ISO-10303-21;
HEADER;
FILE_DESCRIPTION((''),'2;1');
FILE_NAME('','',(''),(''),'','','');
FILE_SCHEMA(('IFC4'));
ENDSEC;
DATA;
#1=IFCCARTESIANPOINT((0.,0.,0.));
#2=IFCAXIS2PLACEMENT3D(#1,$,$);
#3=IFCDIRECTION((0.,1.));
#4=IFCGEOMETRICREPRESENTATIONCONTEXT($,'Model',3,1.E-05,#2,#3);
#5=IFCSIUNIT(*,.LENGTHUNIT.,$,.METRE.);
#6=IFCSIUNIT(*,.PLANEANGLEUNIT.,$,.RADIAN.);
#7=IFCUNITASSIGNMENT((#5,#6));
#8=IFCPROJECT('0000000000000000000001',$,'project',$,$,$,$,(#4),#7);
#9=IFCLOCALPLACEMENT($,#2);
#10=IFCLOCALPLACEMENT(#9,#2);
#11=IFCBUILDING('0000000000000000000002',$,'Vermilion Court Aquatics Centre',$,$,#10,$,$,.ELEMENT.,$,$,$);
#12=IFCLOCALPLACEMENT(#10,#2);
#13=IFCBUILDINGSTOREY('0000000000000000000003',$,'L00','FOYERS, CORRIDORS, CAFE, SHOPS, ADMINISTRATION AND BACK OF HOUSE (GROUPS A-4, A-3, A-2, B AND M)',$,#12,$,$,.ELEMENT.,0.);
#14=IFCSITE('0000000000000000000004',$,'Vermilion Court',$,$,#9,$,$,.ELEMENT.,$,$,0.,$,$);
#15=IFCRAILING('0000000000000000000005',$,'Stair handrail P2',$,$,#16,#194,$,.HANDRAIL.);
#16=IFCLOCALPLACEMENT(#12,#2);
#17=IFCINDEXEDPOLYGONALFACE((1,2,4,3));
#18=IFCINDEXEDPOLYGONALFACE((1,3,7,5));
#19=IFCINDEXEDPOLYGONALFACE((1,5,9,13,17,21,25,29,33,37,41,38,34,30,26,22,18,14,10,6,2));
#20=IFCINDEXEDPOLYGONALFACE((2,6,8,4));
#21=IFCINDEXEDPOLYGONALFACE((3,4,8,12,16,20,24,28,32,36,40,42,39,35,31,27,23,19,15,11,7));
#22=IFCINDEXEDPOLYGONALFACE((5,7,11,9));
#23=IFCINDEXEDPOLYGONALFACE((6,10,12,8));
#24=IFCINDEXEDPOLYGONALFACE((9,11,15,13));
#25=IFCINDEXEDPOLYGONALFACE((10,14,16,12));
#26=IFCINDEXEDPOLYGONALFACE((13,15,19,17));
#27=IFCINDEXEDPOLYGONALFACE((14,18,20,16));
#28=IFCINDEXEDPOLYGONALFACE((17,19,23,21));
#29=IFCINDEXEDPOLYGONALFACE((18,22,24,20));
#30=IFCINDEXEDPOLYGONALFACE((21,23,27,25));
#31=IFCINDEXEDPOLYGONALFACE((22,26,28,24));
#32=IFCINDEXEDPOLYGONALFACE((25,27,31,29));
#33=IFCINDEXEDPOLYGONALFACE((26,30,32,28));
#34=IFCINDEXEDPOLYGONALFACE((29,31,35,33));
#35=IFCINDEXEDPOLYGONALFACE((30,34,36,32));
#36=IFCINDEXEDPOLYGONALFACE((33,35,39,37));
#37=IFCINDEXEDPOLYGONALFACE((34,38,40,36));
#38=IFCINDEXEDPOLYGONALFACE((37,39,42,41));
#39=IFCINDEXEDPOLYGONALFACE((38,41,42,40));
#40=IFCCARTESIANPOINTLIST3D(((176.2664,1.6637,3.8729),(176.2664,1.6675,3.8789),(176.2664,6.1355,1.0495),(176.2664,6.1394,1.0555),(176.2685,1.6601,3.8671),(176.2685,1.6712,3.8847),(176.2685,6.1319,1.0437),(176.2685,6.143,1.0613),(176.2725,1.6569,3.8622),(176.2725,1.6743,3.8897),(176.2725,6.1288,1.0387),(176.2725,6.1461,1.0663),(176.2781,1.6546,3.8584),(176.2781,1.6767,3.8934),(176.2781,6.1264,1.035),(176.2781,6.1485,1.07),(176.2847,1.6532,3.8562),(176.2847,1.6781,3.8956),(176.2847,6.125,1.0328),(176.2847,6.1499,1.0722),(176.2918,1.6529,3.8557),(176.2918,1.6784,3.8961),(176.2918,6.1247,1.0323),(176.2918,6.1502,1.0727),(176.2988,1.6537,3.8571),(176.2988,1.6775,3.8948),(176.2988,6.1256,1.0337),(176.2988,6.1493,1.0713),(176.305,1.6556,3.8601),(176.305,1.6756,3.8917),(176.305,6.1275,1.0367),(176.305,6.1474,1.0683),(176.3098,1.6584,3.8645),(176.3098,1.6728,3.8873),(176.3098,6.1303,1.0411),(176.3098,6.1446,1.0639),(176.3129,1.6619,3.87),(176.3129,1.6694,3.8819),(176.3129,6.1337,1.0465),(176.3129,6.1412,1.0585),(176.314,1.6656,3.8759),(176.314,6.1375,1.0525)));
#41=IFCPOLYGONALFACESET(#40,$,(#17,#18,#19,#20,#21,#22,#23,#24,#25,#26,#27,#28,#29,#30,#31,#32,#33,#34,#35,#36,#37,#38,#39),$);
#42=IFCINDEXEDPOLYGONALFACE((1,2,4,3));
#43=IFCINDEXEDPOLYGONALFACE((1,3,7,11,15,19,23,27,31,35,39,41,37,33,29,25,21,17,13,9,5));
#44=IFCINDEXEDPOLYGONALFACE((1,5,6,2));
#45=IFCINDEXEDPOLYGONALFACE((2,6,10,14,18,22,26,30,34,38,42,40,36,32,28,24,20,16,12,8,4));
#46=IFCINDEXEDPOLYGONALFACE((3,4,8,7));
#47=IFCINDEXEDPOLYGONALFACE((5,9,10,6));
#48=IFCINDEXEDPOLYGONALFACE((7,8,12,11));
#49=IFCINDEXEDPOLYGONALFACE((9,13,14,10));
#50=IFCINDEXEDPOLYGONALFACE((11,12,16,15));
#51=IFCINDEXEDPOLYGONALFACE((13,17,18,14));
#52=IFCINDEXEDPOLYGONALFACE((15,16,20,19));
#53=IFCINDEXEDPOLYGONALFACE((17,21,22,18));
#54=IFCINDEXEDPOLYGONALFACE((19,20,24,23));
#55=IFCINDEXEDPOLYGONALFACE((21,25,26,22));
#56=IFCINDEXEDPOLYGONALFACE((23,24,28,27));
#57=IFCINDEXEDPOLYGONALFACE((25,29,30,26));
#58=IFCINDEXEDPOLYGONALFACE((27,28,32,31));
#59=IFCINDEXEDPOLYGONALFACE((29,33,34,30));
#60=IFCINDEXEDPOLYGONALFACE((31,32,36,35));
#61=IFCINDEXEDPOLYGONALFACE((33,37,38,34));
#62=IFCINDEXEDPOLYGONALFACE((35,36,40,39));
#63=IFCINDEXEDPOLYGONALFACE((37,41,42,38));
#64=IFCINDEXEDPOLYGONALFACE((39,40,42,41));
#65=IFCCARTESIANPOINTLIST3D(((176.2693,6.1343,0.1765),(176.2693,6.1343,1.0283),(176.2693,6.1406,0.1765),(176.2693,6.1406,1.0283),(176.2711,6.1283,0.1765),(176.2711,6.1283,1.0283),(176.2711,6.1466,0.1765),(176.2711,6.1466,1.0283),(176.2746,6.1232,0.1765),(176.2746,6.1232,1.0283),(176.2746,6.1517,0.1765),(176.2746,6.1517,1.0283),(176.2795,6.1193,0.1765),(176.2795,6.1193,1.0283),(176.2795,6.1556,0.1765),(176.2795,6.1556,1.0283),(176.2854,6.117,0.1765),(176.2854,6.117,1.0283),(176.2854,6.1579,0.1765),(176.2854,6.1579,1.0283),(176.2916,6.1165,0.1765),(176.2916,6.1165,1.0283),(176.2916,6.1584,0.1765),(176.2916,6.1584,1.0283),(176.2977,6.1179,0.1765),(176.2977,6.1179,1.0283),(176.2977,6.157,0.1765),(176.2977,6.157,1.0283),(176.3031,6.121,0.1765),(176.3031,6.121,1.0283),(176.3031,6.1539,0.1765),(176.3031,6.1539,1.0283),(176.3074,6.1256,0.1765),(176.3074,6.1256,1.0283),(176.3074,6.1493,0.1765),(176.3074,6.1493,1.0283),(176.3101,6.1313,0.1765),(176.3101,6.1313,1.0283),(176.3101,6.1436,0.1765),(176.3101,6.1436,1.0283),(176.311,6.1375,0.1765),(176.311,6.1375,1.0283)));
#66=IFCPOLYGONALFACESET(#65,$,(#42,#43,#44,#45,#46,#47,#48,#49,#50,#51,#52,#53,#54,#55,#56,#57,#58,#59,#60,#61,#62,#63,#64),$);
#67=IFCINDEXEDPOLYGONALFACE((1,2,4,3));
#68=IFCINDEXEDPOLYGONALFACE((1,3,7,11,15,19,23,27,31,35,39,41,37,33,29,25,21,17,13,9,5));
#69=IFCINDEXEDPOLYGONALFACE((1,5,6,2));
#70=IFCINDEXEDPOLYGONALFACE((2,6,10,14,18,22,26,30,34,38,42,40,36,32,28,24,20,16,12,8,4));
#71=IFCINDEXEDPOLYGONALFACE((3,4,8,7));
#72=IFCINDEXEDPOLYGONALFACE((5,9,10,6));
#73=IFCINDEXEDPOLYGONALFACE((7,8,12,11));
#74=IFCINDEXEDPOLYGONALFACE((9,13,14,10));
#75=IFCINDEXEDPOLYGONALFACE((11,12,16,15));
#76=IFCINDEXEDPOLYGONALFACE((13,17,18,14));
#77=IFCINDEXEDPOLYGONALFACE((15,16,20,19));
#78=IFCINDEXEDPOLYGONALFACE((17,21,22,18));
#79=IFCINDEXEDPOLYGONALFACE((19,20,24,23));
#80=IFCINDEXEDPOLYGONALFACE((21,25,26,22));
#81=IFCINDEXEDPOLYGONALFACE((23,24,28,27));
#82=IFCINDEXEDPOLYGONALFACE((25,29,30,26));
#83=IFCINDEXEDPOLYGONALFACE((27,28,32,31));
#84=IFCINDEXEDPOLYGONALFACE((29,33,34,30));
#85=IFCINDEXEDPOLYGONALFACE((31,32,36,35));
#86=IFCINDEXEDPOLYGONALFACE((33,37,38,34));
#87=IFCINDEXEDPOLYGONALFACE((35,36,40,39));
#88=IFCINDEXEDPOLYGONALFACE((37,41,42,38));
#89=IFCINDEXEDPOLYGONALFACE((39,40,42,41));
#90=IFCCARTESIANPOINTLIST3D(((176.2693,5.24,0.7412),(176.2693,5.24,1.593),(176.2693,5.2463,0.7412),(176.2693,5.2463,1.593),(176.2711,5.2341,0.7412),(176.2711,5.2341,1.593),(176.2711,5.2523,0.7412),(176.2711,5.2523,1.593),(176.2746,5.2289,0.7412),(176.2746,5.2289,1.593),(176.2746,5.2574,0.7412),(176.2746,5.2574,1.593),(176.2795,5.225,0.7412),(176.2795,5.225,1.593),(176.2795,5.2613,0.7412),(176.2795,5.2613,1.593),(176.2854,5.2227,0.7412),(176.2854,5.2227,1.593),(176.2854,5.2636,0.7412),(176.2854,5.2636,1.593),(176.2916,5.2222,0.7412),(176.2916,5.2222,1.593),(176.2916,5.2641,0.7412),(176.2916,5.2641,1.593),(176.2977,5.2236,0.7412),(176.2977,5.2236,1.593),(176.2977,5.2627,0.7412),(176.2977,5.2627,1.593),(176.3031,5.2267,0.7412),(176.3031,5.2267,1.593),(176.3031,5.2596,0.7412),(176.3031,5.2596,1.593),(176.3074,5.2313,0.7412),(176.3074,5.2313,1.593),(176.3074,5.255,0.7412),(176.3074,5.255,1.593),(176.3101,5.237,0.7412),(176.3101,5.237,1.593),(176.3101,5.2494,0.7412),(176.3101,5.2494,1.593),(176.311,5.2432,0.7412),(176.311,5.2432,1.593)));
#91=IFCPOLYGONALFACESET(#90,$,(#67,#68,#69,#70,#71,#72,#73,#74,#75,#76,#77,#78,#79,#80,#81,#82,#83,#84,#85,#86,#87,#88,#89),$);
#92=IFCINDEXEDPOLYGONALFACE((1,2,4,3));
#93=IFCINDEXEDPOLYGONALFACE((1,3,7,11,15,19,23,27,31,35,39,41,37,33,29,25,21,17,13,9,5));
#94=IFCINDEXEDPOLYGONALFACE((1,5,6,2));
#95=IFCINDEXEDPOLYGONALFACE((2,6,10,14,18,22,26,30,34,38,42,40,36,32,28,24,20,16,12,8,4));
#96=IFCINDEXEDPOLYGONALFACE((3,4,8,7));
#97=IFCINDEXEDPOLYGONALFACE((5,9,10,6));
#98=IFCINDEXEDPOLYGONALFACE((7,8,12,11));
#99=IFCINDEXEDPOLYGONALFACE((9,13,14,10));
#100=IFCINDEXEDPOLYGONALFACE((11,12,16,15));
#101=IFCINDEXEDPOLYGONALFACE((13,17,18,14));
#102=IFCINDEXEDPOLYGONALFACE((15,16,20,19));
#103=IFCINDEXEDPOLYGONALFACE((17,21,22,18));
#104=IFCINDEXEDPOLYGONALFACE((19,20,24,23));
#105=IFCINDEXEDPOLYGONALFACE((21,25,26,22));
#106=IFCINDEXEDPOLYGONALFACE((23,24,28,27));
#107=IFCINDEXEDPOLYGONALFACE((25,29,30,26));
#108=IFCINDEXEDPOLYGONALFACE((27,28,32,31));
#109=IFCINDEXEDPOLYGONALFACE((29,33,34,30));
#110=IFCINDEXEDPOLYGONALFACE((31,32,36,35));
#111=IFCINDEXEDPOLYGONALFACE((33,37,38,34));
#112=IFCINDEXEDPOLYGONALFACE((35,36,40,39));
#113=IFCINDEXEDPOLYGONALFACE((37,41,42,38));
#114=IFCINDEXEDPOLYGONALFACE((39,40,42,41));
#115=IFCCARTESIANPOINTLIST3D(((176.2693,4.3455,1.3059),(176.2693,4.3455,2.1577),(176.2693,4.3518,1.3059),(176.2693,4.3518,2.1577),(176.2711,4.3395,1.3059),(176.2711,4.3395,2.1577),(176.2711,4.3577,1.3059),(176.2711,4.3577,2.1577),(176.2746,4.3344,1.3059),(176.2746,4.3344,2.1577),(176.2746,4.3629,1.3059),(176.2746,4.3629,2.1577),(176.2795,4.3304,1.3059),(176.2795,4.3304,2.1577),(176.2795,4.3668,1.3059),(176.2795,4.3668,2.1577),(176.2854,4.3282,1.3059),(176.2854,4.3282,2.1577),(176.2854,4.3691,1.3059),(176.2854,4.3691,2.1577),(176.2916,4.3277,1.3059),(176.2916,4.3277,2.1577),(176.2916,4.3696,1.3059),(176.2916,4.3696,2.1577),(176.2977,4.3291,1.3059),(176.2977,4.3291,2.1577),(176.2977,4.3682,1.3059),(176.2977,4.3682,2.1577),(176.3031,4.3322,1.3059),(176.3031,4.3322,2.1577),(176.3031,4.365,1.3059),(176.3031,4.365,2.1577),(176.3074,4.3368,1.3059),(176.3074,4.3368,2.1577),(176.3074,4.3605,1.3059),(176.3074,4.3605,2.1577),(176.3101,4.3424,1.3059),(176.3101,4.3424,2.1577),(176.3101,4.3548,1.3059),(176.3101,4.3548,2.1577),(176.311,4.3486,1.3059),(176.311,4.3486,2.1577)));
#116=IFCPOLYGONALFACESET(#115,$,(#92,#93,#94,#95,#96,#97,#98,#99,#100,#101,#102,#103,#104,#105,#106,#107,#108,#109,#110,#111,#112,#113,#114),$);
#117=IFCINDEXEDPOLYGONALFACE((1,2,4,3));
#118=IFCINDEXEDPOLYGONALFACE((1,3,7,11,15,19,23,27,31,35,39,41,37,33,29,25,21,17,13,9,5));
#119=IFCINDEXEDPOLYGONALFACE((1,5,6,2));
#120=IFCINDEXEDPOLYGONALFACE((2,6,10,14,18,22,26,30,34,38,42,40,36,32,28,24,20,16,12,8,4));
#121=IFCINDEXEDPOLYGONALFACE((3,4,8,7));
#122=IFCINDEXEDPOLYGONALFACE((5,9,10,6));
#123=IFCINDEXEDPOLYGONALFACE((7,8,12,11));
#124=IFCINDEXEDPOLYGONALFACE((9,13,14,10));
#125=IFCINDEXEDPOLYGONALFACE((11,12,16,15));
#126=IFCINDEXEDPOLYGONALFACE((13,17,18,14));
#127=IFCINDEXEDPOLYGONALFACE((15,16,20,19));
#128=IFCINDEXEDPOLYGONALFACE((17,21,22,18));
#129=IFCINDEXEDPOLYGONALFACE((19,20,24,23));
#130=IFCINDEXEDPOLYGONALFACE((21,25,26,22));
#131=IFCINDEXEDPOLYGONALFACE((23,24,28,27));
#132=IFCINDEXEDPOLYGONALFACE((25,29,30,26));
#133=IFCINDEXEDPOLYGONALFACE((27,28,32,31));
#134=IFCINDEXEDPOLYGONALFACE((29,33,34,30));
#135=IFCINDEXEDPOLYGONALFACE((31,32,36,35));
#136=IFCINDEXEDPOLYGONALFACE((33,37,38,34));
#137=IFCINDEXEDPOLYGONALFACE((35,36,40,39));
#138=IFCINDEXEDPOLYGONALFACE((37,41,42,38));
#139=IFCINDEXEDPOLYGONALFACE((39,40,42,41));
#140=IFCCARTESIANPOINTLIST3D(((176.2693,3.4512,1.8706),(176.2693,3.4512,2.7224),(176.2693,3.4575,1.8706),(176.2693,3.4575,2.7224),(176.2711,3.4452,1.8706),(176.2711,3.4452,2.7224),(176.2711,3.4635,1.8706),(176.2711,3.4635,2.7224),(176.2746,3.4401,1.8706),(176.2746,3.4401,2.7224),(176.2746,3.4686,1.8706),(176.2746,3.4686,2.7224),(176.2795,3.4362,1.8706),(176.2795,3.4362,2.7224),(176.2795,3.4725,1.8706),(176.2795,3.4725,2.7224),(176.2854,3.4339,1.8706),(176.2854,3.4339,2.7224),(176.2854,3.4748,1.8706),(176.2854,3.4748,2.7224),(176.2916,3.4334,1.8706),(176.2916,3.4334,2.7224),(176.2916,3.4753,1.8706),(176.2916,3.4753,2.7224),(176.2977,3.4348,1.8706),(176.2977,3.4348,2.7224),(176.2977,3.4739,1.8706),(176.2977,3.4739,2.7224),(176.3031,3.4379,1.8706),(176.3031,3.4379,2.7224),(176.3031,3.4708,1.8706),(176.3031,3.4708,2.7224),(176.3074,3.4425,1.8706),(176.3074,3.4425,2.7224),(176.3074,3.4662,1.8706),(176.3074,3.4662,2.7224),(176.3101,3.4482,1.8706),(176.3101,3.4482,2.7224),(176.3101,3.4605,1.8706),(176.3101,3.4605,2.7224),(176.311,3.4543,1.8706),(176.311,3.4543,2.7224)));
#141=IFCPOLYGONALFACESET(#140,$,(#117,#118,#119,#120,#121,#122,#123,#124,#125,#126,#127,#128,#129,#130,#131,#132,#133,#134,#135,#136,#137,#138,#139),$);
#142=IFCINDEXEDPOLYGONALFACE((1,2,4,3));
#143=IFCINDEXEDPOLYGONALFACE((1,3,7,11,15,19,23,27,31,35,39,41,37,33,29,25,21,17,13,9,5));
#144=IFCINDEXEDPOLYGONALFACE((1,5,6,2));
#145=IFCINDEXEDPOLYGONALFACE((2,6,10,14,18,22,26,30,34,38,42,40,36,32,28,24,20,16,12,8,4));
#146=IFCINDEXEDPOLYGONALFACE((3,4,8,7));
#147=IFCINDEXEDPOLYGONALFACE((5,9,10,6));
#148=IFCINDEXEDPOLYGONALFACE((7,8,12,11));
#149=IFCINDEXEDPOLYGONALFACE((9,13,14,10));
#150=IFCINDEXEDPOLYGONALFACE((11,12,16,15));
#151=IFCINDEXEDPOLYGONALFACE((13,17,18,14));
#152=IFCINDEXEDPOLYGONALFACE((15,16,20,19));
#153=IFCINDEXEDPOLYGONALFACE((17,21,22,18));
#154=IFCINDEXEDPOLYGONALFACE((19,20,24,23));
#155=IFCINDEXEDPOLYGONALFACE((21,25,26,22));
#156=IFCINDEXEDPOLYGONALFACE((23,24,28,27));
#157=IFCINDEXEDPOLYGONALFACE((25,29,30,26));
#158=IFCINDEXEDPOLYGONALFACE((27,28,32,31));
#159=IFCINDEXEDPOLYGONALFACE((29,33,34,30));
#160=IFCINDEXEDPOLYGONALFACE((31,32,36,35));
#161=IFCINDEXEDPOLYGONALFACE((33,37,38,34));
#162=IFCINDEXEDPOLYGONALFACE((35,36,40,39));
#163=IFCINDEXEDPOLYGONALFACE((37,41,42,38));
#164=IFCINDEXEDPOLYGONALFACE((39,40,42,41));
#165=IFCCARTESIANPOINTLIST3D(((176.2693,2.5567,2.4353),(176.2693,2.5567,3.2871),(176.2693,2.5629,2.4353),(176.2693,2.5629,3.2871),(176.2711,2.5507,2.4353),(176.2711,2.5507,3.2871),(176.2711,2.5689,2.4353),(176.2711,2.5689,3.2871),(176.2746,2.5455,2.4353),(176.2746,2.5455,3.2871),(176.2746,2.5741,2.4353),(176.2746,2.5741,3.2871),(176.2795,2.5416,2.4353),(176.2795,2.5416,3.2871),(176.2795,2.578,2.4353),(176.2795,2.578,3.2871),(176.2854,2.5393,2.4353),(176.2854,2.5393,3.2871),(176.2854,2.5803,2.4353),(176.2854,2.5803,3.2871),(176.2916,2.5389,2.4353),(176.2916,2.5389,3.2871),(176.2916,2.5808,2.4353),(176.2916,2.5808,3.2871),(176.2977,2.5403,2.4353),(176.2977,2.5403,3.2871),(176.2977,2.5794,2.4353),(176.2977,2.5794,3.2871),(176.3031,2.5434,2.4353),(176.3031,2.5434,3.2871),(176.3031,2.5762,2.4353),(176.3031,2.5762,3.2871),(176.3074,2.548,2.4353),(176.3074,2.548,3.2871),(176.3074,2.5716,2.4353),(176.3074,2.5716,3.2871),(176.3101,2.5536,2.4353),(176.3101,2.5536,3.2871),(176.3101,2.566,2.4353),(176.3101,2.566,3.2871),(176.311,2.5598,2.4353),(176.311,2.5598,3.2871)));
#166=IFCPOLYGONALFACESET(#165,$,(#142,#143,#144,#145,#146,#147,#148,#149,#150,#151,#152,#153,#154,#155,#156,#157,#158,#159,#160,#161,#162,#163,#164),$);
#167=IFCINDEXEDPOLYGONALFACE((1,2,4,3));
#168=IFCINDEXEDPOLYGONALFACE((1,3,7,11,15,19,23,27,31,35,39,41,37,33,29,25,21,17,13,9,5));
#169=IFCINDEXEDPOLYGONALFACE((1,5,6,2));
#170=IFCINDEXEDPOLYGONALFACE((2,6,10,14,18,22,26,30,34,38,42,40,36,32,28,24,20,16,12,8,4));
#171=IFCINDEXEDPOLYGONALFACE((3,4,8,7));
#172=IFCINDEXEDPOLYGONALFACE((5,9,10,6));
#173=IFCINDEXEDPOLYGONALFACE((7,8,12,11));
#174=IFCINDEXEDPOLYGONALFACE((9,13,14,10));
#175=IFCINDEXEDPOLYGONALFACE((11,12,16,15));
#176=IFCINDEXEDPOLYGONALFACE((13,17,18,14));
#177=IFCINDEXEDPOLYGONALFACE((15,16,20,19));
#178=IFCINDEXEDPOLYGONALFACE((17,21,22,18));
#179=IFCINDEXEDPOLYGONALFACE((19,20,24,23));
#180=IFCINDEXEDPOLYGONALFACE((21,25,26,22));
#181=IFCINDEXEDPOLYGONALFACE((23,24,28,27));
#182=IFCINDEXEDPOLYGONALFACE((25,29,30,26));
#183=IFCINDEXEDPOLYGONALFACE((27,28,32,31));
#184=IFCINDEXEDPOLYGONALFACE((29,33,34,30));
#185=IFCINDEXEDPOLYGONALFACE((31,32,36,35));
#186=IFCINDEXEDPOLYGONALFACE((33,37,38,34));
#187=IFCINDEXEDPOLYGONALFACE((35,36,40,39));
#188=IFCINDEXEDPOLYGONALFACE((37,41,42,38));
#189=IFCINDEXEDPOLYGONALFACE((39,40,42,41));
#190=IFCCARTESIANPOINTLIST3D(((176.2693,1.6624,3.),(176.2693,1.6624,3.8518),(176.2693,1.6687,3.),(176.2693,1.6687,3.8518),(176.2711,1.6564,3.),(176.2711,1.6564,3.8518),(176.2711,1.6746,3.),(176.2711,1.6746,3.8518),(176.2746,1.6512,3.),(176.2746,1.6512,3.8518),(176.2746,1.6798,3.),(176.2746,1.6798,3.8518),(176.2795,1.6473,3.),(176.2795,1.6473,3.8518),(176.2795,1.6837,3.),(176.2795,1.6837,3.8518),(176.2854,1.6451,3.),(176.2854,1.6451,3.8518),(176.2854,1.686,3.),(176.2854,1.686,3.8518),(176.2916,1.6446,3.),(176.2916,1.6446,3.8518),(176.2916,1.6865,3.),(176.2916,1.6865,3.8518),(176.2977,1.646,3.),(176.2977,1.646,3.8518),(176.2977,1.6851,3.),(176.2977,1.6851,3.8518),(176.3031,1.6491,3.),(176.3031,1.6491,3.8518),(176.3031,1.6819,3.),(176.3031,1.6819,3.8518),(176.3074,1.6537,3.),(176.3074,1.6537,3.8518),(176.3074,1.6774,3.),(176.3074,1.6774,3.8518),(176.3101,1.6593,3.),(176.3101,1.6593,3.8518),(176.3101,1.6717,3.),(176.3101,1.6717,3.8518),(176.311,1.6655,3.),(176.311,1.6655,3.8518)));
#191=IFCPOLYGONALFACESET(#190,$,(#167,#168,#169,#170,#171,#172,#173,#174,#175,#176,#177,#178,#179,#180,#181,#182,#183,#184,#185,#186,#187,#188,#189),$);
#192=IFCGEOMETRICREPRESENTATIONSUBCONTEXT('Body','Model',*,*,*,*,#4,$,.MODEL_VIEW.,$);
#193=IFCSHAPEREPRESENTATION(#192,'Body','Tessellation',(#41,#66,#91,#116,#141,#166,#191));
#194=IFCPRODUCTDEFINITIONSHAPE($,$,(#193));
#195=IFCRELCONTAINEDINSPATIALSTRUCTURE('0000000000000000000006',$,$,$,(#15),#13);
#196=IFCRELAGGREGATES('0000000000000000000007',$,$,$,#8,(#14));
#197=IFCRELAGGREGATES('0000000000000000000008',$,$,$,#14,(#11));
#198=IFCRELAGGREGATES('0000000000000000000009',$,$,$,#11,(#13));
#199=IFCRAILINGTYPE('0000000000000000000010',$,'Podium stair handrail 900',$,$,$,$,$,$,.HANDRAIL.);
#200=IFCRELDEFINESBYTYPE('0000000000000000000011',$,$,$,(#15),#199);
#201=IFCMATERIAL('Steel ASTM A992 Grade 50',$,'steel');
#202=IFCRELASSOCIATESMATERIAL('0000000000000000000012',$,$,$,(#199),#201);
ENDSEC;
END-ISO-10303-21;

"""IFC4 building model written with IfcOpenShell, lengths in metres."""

from ifc_helpers import new_model, si_unit, direction, frame, origin, origin_2d, place, context, subcontext, project, spatial, circle, extrude, material, type_object, element, save


model = new_model("IFC4")

# Units and contexts
model_context = context("Model", 3, precision=1e-05, world=origin(), true_north=direction((0.0, 1.0)))
body_context = subcontext(model_context, "Body", "Model", "MODEL_VIEW")
ifc_project = project(units=[si_unit("LENGTHUNIT", "METRE"), si_unit("PLANEANGLEUNIT", "RADIAN")], contexts=[model_context])

# Site, building, storey
site_placement = place(None, origin())
site = spatial("IfcSite", under=ifc_project, at=site_placement, Name="Vermilion Court", CompositionType="ELEMENT", RefElevation=0.0)
building_placement = place(site_placement, origin())
building = spatial("IfcBuilding", under=site, at=building_placement, Name="Vermilion Court Aquatics Centre", CompositionType="ELEMENT")
storey_placement = place(building_placement, origin())
storey = spatial("IfcBuildingStorey", under=building, at=storey_placement, Name="L00", Description="FOYERS, CORRIDORS, CAFE, SHOPS, ADMINISTRATION AND BACK OF HOUSE (GROUPS A-4, A-3, A-2, B AND M)", CompositionType="ELEMENT", Elevation=0.0)

# Railing
ifc_material_1 = material(Name="Steel ASTM A992 Grade 50", Category="steel")
railing_type_1 = type_object("IfcRailingType", Name="Podium stair handrail 900", PredefinedType="HANDRAIL", material=ifc_material_1)
for number, where, name in (
    (1, (176.29, 6.1375, 0.1765), "Stair handrail P2"),
):
    element("IfcRailing", number, at=place(storey_placement, frame(where)), inside=storey, type_object=railing_type_1, Name=name, PredefinedType="HANDRAIL", context=body_context, shape_type="SweptSolid", body=[
        extrude(circle(Radius=0.0239, at=origin_2d()), frame((0.0, 0.0, 0.876), z_axis=(0.0, -0.845565, 0.533873), x_axis=(1.0, 0.0, 0.0)), (0.0, 0.0, 1.0), 5.2886),
        extrude(circle(Radius=0.021, at=origin_2d()), origin(), (0.0, 0.0, 1.0), 0.8518),
        extrude(circle(Radius=0.021, at=origin_2d()), frame((0.0, -0.8943, 0.5647)), (0.0, 0.0, 1.0), 0.8518),
        extrude(circle(Radius=0.021, at=origin_2d()), frame((0.0, -1.7888, 1.1294)), (0.0, 0.0, 1.0), 0.8518),
        extrude(circle(Radius=0.021, at=origin_2d()), frame((0.0, -2.6831, 1.6941)), (0.0, 0.0, 1.0), 0.8518),
        extrude(circle(Radius=0.021, at=origin_2d()), frame((0.0, -3.5776, 2.2588)), (0.0, 0.0, 1.0), 0.8518),
        extrude(circle(Radius=0.021, at=origin_2d()), frame((0.0, -4.4719, 2.8235)), (0.0, 0.0, 1.0), 0.8518),
    ])

save(model, "model.ifc")
